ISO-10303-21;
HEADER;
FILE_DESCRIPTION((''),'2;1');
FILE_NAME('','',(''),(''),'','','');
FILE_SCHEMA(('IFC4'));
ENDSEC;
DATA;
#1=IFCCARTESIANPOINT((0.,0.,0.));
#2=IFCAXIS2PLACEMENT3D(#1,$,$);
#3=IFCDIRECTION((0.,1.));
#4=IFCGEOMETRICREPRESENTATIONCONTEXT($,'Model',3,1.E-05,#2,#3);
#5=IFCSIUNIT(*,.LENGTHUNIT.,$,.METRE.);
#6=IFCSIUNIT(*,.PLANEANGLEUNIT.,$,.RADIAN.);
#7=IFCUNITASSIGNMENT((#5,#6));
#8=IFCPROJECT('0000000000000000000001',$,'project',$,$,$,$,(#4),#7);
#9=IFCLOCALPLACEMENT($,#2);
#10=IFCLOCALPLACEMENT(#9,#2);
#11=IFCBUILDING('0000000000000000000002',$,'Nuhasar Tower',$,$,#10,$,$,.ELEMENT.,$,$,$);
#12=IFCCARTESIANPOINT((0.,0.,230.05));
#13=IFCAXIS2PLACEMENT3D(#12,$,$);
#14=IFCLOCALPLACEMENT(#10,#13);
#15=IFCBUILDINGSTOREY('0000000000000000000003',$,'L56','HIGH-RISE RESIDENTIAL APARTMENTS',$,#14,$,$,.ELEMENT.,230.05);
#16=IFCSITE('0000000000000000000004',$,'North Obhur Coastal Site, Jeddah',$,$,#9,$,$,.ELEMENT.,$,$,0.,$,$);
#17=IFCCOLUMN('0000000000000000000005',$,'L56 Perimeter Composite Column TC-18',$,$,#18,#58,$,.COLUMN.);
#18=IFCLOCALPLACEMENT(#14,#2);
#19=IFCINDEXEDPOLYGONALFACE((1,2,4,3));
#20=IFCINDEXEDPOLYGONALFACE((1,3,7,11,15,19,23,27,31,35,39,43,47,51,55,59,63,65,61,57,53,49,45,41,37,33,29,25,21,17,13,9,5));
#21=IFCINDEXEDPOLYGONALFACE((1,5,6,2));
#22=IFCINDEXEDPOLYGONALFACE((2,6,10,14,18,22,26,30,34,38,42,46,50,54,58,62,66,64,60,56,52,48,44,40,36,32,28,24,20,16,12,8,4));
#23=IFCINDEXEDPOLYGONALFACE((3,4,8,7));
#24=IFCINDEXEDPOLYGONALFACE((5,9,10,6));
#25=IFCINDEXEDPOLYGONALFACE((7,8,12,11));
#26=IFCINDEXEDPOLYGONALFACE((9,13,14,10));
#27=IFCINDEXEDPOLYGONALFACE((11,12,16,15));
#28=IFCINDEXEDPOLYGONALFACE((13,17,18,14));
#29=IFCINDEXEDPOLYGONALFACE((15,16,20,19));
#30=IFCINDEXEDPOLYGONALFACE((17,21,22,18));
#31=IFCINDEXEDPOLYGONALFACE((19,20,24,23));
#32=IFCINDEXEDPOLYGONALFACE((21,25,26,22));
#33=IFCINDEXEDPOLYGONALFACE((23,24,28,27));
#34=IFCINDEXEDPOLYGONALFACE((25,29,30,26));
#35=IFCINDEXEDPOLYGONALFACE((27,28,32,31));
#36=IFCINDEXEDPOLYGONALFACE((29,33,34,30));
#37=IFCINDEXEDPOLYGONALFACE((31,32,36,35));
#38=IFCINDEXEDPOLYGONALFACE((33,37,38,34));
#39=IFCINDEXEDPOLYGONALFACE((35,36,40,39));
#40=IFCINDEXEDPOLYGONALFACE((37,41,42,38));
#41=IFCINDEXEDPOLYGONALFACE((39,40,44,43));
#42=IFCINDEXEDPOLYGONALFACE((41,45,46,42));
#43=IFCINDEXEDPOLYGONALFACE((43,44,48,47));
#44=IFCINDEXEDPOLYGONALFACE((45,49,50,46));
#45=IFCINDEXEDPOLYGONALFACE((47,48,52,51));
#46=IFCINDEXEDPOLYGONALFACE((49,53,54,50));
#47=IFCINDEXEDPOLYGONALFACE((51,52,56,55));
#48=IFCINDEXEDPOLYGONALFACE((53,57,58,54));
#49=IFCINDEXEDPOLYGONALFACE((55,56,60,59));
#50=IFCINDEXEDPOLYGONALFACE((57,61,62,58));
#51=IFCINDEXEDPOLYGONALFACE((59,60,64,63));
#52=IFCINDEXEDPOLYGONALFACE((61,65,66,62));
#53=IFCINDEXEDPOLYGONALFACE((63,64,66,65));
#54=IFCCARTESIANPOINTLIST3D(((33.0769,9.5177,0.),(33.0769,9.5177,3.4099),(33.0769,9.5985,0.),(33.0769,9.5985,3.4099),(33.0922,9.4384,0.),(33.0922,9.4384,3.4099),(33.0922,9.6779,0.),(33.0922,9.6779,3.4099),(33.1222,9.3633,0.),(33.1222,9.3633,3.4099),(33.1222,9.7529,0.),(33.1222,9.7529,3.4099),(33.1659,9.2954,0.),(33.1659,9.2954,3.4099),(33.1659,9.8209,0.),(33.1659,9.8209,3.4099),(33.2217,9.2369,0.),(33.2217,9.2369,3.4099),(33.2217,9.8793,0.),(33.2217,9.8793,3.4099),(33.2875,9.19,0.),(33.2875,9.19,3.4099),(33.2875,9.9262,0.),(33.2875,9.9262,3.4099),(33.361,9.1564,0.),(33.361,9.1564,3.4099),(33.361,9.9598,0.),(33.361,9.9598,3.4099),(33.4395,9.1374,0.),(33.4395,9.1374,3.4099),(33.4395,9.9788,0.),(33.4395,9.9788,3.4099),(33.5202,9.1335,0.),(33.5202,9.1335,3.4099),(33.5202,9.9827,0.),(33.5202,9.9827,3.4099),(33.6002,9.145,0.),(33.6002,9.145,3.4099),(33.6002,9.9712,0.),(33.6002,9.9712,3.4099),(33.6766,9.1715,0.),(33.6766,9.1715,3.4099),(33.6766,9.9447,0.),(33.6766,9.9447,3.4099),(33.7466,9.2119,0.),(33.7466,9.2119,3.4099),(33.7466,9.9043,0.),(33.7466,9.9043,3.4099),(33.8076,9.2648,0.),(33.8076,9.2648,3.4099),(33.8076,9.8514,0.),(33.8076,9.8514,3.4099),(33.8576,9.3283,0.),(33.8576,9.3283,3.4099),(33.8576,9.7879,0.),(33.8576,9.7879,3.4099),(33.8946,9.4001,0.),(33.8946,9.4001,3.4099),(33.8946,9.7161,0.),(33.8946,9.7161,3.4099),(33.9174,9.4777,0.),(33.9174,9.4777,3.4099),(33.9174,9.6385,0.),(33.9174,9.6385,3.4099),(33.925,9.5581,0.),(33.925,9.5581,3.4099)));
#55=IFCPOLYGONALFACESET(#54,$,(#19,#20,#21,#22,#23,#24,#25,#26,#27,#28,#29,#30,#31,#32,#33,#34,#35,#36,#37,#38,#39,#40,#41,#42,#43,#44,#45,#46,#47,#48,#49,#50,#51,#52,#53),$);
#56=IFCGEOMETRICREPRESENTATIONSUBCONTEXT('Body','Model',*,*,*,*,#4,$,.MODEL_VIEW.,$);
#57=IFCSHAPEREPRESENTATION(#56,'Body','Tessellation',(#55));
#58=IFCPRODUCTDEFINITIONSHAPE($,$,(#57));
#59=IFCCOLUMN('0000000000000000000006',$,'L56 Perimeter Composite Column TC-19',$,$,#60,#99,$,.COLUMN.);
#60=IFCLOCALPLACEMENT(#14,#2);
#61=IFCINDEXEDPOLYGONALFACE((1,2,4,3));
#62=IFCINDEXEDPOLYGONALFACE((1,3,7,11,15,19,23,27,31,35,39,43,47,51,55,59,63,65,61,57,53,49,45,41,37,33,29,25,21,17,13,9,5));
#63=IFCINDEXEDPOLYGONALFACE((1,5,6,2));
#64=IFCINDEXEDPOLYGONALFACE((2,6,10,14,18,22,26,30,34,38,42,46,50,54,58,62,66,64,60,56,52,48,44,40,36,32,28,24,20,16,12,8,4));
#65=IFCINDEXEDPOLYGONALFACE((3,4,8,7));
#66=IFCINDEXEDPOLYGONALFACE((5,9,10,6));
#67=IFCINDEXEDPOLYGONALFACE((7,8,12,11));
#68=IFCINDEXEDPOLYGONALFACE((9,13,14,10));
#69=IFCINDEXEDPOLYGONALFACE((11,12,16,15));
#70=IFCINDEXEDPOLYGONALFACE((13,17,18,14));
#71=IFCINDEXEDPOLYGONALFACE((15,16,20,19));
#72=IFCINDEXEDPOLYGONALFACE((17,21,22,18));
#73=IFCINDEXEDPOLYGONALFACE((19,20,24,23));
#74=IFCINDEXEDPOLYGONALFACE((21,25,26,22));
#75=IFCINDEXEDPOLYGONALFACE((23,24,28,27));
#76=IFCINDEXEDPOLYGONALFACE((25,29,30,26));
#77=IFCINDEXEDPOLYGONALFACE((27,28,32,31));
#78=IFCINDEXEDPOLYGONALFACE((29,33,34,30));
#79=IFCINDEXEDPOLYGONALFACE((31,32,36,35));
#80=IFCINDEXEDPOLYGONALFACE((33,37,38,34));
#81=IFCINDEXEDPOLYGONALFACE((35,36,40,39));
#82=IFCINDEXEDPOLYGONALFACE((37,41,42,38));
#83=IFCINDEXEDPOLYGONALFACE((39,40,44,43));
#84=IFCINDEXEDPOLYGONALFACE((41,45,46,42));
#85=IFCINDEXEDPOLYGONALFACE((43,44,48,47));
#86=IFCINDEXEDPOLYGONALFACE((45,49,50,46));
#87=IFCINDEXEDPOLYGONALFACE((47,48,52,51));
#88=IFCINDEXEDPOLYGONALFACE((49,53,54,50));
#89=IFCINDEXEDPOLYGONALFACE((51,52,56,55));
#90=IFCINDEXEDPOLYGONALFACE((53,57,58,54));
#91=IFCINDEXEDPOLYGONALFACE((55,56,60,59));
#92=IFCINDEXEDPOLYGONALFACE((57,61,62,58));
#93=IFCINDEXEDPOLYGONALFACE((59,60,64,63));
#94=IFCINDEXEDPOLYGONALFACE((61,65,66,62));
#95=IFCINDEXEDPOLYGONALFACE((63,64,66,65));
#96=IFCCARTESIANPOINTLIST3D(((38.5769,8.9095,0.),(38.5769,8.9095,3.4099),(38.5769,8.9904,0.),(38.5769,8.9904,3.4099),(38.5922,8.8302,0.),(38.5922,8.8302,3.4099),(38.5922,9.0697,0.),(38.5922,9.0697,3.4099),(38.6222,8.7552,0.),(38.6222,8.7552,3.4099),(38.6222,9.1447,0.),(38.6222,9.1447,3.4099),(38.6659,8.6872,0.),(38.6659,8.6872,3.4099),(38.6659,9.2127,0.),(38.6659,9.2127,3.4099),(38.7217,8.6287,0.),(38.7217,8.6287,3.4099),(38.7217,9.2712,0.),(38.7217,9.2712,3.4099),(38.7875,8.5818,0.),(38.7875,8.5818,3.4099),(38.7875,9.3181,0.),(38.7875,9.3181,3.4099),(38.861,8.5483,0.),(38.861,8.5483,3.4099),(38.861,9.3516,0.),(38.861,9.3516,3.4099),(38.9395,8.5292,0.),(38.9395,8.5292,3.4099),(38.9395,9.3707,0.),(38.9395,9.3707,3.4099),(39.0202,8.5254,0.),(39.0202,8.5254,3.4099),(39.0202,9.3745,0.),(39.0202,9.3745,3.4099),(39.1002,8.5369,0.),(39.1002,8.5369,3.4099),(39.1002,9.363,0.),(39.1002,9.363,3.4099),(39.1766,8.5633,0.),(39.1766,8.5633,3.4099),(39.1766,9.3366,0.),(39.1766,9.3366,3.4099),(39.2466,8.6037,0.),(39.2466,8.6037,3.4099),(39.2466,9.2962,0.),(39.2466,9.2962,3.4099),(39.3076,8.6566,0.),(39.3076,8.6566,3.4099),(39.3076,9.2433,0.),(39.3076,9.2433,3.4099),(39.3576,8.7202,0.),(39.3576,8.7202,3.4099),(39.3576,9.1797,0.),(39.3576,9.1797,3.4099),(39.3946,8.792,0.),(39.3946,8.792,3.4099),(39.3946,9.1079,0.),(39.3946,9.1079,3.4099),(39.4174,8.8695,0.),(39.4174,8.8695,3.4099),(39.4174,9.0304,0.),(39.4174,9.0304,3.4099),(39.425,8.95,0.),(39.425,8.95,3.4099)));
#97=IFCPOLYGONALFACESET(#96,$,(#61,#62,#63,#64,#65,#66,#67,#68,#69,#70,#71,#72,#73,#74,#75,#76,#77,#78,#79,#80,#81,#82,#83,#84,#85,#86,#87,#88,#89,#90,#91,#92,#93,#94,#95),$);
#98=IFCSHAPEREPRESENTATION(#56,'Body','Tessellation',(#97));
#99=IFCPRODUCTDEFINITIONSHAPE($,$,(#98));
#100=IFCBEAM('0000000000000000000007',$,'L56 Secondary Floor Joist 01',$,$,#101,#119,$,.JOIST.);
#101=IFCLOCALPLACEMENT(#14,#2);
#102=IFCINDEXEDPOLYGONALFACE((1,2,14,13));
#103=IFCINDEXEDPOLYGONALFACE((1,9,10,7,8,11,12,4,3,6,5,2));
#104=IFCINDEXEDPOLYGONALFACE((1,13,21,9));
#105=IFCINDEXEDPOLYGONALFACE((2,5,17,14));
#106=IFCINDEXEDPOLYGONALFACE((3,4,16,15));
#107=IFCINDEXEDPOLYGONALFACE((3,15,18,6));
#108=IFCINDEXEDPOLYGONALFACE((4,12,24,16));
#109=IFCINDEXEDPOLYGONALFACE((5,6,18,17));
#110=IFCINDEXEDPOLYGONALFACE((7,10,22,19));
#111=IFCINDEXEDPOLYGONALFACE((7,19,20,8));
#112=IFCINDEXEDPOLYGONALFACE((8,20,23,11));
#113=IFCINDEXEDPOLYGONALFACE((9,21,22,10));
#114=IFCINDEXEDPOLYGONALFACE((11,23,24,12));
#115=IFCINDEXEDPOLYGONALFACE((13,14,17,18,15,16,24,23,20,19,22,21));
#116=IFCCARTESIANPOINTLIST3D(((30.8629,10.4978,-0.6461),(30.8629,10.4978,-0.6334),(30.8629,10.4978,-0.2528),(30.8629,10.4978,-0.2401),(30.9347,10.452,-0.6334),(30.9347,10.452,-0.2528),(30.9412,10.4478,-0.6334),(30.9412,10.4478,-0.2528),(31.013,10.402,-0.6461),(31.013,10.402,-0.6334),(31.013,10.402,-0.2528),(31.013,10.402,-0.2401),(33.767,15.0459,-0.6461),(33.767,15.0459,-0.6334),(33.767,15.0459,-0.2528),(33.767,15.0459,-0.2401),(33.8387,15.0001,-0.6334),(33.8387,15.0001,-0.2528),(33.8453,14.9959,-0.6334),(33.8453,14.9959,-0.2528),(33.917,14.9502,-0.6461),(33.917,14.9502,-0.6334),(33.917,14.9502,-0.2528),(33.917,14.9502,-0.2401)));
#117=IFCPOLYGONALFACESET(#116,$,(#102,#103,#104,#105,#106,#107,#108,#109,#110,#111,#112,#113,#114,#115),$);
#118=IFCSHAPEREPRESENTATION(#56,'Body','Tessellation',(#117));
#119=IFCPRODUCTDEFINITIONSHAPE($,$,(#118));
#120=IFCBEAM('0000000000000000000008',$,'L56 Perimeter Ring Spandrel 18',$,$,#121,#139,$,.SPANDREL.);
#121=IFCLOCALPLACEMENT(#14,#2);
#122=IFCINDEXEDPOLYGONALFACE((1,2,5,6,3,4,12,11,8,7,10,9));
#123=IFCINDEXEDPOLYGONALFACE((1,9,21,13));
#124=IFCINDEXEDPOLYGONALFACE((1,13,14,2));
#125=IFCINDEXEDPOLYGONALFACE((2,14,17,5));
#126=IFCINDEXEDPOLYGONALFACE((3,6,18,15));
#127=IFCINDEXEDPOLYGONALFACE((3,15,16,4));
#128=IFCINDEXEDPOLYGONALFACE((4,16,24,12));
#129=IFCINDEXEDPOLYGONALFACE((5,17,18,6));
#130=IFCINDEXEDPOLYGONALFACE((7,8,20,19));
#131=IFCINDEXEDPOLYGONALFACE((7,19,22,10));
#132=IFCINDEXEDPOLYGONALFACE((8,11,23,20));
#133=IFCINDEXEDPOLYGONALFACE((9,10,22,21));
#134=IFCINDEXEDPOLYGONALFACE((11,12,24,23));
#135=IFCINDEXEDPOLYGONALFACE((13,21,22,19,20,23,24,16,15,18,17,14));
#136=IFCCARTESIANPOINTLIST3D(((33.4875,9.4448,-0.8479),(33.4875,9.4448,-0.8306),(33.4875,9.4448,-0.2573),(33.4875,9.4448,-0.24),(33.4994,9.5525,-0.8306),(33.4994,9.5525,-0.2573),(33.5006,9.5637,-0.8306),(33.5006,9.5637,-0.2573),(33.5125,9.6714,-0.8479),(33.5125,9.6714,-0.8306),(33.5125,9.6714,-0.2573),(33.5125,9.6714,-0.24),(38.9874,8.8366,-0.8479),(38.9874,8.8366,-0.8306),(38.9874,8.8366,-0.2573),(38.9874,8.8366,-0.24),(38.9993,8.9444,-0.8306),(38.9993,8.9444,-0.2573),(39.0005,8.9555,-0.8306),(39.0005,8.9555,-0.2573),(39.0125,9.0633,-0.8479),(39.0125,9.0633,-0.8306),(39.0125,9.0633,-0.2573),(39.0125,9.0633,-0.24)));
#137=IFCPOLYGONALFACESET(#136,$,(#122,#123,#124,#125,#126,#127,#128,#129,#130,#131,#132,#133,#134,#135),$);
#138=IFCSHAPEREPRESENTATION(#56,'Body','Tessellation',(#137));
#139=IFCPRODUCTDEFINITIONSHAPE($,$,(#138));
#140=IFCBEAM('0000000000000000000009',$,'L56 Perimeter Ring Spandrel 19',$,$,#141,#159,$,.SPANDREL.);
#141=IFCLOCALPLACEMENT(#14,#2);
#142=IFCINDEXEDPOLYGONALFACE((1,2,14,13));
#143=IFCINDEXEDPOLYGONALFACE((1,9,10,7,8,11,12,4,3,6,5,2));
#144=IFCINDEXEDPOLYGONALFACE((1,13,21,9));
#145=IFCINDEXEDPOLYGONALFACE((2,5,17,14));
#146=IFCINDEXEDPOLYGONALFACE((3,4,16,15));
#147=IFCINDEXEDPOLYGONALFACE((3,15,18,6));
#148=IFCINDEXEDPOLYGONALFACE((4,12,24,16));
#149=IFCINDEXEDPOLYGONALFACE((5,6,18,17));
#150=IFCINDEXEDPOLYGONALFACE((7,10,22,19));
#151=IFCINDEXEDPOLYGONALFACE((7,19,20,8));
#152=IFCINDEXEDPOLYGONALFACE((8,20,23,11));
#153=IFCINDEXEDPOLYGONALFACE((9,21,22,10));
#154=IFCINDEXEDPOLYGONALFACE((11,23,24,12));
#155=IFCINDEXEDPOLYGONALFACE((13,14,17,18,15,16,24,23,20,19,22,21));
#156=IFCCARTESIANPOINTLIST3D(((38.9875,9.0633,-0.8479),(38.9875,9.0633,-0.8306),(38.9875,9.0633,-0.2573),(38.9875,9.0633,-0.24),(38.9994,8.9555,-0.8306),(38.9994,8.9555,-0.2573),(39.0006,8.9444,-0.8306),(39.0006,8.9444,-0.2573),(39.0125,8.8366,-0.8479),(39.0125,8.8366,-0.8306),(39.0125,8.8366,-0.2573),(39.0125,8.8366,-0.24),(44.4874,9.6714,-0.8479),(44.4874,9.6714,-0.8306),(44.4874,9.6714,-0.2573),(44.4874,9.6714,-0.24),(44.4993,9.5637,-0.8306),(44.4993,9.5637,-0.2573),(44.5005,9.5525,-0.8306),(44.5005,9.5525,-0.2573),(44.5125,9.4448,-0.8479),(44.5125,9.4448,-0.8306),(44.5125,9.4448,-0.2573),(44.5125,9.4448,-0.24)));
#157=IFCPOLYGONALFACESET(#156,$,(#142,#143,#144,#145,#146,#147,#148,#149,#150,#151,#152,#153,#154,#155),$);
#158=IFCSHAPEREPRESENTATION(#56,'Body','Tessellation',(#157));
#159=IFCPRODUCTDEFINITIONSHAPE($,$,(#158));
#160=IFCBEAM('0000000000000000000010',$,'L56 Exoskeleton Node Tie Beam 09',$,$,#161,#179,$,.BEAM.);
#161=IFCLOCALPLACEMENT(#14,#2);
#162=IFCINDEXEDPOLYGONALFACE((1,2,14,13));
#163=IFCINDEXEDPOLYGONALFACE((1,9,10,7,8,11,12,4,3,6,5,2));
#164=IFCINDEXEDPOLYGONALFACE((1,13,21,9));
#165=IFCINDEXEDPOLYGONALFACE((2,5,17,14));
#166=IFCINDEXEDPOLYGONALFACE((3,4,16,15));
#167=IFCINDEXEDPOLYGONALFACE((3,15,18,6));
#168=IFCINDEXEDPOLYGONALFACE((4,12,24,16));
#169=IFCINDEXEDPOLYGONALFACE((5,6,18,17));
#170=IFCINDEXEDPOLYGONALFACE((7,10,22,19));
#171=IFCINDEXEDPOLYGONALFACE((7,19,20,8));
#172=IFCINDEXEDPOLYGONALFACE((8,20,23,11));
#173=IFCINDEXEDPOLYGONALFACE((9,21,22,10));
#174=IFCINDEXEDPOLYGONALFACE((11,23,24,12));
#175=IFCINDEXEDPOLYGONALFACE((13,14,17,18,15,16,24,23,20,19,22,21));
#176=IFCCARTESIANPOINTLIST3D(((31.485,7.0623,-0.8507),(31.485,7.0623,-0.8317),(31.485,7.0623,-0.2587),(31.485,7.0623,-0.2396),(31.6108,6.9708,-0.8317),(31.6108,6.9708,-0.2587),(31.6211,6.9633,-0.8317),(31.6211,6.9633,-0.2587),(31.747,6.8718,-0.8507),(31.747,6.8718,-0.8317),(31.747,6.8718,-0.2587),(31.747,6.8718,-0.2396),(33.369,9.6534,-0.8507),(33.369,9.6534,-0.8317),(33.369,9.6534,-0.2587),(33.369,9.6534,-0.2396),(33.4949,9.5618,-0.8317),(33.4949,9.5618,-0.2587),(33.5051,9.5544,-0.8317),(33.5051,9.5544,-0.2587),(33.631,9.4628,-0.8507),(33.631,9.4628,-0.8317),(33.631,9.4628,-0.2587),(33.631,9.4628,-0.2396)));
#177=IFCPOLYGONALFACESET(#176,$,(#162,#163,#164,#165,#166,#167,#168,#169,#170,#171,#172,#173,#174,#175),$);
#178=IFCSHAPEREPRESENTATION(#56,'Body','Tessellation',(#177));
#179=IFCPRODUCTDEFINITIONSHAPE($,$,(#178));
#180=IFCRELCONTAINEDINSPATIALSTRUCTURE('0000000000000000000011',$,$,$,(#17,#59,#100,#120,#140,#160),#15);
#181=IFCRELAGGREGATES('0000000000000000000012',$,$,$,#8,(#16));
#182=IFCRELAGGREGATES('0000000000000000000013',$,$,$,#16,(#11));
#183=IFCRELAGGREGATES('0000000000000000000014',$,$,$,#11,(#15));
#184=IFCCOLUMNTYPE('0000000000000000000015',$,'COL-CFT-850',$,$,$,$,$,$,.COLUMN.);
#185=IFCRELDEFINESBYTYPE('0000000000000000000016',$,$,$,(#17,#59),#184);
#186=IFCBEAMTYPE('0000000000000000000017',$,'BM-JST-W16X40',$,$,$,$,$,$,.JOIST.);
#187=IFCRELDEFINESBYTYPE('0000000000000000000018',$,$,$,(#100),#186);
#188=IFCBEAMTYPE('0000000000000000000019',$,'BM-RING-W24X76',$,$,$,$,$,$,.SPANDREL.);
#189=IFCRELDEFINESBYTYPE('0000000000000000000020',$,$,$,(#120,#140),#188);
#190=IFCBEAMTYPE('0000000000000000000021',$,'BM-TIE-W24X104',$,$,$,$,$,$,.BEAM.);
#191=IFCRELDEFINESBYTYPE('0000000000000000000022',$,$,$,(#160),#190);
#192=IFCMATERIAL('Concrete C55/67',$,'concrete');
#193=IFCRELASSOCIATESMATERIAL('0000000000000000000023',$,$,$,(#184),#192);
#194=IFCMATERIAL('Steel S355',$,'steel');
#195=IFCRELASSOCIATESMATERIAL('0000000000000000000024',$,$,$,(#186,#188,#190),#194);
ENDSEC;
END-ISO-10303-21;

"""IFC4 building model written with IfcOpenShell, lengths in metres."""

from ifc_helpers import new_model, si_unit, direction, frame, origin, origin_2d, place, context, subcontext, project, spatial, circle, i_section, extrude, material, material_profile, profile_set, type_object, element, save


model = new_model("IFC4")

# Units and contexts
model_context = context("Model", 3, precision=1e-05, world=origin(), true_north=direction((0.0, 1.0)))
body_context = subcontext(model_context, "Body", "Model", "MODEL_VIEW")
ifc_project = project(units=[si_unit("LENGTHUNIT", "METRE"), si_unit("PLANEANGLEUNIT", "RADIAN")], contexts=[model_context])

# Site, building, storey
site_placement = place(None, origin())
site = spatial("IfcSite", under=ifc_project, at=site_placement, Name="North Obhur Coastal Site, Jeddah", CompositionType="ELEMENT", RefElevation=0.0)
building_placement = place(site_placement, origin())
building = spatial("IfcBuilding", under=site, at=building_placement, Name="Nuhasar Tower", CompositionType="ELEMENT")
storey_placement = place(building_placement, frame((0.0, 0.0, 230.05)))
storey = spatial("IfcBuildingStorey", under=building, at=storey_placement, Name="L56", Description="HIGH-RISE RESIDENTIAL APARTMENTS", CompositionType="ELEMENT", Elevation=230.05)

# Columns
ifc_material_1 = material(Name="Concrete C55/67", Category="concrete")
ifc_material_profile_1 = material_profile(ifc_material_1, circle(Radius=0.425, at=origin_2d()), Name="CFT850")
ifc_profile_set_1 = profile_set([ifc_material_profile_1], Name="Concrete C55/67")
column_type = type_object("IfcColumnType", Name="COL-CFT-850", PredefinedType="COLUMN", material=ifc_profile_set_1)
for number, where, z_axis, x_axis, name in (
    (1, (33.5, 9.5581, 0.0), (0.0, 0.0, 1.0), (1.0, 0.0, 0.0), "L56 Perimeter Composite Column TC-18"),
    (2, (39.0, 8.95, 0.0), (0.0, 0.0, 1.0), (1.0, 0.0, 0.0), "L56 Perimeter Composite Column TC-19"),
):
    element("IfcColumn", number, at=place(storey_placement, frame(where, z_axis=z_axis, x_axis=x_axis)), inside=storey, type_object=column_type, Name=name, PredefinedType="COLUMN", context=body_context, shape_type="SweptSolid", body=[
        extrude(circle(Radius=0.425, at=origin_2d()), origin(), (0.0, 0.0, 1.0), 3.4099),
    ])

# Beams
ifc_material_2 = material(Name="Steel S355", Category="steel")
ifc_material_profile_2 = material_profile(ifc_material_2, i_section(OverallWidth=0.178, OverallDepth=0.406, WebThickness=0.0078, FlangeThickness=0.0127, at=origin_2d()), Name="W16X40")
ifc_profile_set_2 = profile_set([ifc_material_profile_2], Name="Steel S355")
beam_type_1 = type_object("IfcBeamType", Name="BM-JST-W16X40", PredefinedType="JOIST", material=ifc_profile_set_2)
beam_1_placement = place(storey_placement, frame((33.842, 14.998, -0.4431), z_axis=(-0.538169, -0.842837, 0.0), x_axis=(0.842837, -0.538169, 0.0)))
element("IfcBeam", 3, at=beam_1_placement, inside=storey, type_object=beam_type_1, Name="L56 Secondary Floor Joist 01", PredefinedType="JOIST", context=body_context, shape_type="SweptSolid", body=[
    extrude(i_section(OverallWidth=0.178, OverallDepth=0.406, WebThickness=0.0078, FlangeThickness=0.0127, at=origin_2d()), origin(), (0.0, 0.0, 1.0), 5.3962),
])
ifc_material_profile_3 = material_profile(ifc_material_2, i_section(OverallWidth=0.228, OverallDepth=0.6079, WebThickness=0.0112, FlangeThickness=0.0173, at=origin_2d()), Name="W24X76")
ifc_profile_set_3 = profile_set([ifc_material_profile_3], Name="Steel S355")
beam_type_2 = type_object("IfcBeamType", Name="BM-RING-W24X76", PredefinedType="SPANDREL", material=ifc_profile_set_3)
for number, where, z_axis, x_axis, name in (
    (4, (33.5, 9.5581, -0.5439), (0.993942, -0.109904, 0.0), (0.109904, 0.993942, 0.0), "L56 Perimeter Ring Spandrel 18"),
    (5, (39.0, 8.95, -0.5439), (0.993942, 0.109904, 0.0), (-0.109904, 0.993942, 0.0), "L56 Perimeter Ring Spandrel 19"),
):
    element("IfcBeam", number, at=place(storey_placement, frame(where, z_axis=z_axis, x_axis=x_axis)), inside=storey, type_object=beam_type_2, Name=name, PredefinedType="SPANDREL", context=body_context, shape_type="SweptSolid", body=[
        extrude(i_section(OverallWidth=0.228, OverallDepth=0.6079, WebThickness=0.0112, FlangeThickness=0.0173, at=origin_2d()), origin(), (0.0, 0.0, 1.0), 5.5334),
    ])
ifc_material_profile_4 = material_profile(ifc_material_2, i_section(OverallWidth=0.324, OverallDepth=0.6111, WebThickness=0.0127, FlangeThickness=0.019, at=origin_2d()), Name="W24X104")
ifc_profile_set_4 = profile_set([ifc_material_profile_4], Name="Steel S355")
beam_type_3 = type_object("IfcBeamType", Name="BM-TIE-W24X104", PredefinedType="BEAM", material=ifc_profile_set_4)
beam_2_placement = place(storey_placement, frame((33.5, 9.5581, -0.5452), z_axis=(-0.588095, -0.808792, 0.0), x_axis=(0.808792, -0.588095, 0.0)))
element("IfcBeam", 6, at=beam_2_placement, inside=storey, type_object=beam_type_3, Name="L56 Exoskeleton Node Tie Beam 09", PredefinedType="BEAM", context=body_context, shape_type="SweptSolid", body=[
    extrude(i_section(OverallWidth=0.324, OverallDepth=0.6111, WebThickness=0.0127, FlangeThickness=0.019, at=origin_2d()), origin(), (0.0, 0.0, 1.0), 3.2036),
])

save(model, "model.ifc")
